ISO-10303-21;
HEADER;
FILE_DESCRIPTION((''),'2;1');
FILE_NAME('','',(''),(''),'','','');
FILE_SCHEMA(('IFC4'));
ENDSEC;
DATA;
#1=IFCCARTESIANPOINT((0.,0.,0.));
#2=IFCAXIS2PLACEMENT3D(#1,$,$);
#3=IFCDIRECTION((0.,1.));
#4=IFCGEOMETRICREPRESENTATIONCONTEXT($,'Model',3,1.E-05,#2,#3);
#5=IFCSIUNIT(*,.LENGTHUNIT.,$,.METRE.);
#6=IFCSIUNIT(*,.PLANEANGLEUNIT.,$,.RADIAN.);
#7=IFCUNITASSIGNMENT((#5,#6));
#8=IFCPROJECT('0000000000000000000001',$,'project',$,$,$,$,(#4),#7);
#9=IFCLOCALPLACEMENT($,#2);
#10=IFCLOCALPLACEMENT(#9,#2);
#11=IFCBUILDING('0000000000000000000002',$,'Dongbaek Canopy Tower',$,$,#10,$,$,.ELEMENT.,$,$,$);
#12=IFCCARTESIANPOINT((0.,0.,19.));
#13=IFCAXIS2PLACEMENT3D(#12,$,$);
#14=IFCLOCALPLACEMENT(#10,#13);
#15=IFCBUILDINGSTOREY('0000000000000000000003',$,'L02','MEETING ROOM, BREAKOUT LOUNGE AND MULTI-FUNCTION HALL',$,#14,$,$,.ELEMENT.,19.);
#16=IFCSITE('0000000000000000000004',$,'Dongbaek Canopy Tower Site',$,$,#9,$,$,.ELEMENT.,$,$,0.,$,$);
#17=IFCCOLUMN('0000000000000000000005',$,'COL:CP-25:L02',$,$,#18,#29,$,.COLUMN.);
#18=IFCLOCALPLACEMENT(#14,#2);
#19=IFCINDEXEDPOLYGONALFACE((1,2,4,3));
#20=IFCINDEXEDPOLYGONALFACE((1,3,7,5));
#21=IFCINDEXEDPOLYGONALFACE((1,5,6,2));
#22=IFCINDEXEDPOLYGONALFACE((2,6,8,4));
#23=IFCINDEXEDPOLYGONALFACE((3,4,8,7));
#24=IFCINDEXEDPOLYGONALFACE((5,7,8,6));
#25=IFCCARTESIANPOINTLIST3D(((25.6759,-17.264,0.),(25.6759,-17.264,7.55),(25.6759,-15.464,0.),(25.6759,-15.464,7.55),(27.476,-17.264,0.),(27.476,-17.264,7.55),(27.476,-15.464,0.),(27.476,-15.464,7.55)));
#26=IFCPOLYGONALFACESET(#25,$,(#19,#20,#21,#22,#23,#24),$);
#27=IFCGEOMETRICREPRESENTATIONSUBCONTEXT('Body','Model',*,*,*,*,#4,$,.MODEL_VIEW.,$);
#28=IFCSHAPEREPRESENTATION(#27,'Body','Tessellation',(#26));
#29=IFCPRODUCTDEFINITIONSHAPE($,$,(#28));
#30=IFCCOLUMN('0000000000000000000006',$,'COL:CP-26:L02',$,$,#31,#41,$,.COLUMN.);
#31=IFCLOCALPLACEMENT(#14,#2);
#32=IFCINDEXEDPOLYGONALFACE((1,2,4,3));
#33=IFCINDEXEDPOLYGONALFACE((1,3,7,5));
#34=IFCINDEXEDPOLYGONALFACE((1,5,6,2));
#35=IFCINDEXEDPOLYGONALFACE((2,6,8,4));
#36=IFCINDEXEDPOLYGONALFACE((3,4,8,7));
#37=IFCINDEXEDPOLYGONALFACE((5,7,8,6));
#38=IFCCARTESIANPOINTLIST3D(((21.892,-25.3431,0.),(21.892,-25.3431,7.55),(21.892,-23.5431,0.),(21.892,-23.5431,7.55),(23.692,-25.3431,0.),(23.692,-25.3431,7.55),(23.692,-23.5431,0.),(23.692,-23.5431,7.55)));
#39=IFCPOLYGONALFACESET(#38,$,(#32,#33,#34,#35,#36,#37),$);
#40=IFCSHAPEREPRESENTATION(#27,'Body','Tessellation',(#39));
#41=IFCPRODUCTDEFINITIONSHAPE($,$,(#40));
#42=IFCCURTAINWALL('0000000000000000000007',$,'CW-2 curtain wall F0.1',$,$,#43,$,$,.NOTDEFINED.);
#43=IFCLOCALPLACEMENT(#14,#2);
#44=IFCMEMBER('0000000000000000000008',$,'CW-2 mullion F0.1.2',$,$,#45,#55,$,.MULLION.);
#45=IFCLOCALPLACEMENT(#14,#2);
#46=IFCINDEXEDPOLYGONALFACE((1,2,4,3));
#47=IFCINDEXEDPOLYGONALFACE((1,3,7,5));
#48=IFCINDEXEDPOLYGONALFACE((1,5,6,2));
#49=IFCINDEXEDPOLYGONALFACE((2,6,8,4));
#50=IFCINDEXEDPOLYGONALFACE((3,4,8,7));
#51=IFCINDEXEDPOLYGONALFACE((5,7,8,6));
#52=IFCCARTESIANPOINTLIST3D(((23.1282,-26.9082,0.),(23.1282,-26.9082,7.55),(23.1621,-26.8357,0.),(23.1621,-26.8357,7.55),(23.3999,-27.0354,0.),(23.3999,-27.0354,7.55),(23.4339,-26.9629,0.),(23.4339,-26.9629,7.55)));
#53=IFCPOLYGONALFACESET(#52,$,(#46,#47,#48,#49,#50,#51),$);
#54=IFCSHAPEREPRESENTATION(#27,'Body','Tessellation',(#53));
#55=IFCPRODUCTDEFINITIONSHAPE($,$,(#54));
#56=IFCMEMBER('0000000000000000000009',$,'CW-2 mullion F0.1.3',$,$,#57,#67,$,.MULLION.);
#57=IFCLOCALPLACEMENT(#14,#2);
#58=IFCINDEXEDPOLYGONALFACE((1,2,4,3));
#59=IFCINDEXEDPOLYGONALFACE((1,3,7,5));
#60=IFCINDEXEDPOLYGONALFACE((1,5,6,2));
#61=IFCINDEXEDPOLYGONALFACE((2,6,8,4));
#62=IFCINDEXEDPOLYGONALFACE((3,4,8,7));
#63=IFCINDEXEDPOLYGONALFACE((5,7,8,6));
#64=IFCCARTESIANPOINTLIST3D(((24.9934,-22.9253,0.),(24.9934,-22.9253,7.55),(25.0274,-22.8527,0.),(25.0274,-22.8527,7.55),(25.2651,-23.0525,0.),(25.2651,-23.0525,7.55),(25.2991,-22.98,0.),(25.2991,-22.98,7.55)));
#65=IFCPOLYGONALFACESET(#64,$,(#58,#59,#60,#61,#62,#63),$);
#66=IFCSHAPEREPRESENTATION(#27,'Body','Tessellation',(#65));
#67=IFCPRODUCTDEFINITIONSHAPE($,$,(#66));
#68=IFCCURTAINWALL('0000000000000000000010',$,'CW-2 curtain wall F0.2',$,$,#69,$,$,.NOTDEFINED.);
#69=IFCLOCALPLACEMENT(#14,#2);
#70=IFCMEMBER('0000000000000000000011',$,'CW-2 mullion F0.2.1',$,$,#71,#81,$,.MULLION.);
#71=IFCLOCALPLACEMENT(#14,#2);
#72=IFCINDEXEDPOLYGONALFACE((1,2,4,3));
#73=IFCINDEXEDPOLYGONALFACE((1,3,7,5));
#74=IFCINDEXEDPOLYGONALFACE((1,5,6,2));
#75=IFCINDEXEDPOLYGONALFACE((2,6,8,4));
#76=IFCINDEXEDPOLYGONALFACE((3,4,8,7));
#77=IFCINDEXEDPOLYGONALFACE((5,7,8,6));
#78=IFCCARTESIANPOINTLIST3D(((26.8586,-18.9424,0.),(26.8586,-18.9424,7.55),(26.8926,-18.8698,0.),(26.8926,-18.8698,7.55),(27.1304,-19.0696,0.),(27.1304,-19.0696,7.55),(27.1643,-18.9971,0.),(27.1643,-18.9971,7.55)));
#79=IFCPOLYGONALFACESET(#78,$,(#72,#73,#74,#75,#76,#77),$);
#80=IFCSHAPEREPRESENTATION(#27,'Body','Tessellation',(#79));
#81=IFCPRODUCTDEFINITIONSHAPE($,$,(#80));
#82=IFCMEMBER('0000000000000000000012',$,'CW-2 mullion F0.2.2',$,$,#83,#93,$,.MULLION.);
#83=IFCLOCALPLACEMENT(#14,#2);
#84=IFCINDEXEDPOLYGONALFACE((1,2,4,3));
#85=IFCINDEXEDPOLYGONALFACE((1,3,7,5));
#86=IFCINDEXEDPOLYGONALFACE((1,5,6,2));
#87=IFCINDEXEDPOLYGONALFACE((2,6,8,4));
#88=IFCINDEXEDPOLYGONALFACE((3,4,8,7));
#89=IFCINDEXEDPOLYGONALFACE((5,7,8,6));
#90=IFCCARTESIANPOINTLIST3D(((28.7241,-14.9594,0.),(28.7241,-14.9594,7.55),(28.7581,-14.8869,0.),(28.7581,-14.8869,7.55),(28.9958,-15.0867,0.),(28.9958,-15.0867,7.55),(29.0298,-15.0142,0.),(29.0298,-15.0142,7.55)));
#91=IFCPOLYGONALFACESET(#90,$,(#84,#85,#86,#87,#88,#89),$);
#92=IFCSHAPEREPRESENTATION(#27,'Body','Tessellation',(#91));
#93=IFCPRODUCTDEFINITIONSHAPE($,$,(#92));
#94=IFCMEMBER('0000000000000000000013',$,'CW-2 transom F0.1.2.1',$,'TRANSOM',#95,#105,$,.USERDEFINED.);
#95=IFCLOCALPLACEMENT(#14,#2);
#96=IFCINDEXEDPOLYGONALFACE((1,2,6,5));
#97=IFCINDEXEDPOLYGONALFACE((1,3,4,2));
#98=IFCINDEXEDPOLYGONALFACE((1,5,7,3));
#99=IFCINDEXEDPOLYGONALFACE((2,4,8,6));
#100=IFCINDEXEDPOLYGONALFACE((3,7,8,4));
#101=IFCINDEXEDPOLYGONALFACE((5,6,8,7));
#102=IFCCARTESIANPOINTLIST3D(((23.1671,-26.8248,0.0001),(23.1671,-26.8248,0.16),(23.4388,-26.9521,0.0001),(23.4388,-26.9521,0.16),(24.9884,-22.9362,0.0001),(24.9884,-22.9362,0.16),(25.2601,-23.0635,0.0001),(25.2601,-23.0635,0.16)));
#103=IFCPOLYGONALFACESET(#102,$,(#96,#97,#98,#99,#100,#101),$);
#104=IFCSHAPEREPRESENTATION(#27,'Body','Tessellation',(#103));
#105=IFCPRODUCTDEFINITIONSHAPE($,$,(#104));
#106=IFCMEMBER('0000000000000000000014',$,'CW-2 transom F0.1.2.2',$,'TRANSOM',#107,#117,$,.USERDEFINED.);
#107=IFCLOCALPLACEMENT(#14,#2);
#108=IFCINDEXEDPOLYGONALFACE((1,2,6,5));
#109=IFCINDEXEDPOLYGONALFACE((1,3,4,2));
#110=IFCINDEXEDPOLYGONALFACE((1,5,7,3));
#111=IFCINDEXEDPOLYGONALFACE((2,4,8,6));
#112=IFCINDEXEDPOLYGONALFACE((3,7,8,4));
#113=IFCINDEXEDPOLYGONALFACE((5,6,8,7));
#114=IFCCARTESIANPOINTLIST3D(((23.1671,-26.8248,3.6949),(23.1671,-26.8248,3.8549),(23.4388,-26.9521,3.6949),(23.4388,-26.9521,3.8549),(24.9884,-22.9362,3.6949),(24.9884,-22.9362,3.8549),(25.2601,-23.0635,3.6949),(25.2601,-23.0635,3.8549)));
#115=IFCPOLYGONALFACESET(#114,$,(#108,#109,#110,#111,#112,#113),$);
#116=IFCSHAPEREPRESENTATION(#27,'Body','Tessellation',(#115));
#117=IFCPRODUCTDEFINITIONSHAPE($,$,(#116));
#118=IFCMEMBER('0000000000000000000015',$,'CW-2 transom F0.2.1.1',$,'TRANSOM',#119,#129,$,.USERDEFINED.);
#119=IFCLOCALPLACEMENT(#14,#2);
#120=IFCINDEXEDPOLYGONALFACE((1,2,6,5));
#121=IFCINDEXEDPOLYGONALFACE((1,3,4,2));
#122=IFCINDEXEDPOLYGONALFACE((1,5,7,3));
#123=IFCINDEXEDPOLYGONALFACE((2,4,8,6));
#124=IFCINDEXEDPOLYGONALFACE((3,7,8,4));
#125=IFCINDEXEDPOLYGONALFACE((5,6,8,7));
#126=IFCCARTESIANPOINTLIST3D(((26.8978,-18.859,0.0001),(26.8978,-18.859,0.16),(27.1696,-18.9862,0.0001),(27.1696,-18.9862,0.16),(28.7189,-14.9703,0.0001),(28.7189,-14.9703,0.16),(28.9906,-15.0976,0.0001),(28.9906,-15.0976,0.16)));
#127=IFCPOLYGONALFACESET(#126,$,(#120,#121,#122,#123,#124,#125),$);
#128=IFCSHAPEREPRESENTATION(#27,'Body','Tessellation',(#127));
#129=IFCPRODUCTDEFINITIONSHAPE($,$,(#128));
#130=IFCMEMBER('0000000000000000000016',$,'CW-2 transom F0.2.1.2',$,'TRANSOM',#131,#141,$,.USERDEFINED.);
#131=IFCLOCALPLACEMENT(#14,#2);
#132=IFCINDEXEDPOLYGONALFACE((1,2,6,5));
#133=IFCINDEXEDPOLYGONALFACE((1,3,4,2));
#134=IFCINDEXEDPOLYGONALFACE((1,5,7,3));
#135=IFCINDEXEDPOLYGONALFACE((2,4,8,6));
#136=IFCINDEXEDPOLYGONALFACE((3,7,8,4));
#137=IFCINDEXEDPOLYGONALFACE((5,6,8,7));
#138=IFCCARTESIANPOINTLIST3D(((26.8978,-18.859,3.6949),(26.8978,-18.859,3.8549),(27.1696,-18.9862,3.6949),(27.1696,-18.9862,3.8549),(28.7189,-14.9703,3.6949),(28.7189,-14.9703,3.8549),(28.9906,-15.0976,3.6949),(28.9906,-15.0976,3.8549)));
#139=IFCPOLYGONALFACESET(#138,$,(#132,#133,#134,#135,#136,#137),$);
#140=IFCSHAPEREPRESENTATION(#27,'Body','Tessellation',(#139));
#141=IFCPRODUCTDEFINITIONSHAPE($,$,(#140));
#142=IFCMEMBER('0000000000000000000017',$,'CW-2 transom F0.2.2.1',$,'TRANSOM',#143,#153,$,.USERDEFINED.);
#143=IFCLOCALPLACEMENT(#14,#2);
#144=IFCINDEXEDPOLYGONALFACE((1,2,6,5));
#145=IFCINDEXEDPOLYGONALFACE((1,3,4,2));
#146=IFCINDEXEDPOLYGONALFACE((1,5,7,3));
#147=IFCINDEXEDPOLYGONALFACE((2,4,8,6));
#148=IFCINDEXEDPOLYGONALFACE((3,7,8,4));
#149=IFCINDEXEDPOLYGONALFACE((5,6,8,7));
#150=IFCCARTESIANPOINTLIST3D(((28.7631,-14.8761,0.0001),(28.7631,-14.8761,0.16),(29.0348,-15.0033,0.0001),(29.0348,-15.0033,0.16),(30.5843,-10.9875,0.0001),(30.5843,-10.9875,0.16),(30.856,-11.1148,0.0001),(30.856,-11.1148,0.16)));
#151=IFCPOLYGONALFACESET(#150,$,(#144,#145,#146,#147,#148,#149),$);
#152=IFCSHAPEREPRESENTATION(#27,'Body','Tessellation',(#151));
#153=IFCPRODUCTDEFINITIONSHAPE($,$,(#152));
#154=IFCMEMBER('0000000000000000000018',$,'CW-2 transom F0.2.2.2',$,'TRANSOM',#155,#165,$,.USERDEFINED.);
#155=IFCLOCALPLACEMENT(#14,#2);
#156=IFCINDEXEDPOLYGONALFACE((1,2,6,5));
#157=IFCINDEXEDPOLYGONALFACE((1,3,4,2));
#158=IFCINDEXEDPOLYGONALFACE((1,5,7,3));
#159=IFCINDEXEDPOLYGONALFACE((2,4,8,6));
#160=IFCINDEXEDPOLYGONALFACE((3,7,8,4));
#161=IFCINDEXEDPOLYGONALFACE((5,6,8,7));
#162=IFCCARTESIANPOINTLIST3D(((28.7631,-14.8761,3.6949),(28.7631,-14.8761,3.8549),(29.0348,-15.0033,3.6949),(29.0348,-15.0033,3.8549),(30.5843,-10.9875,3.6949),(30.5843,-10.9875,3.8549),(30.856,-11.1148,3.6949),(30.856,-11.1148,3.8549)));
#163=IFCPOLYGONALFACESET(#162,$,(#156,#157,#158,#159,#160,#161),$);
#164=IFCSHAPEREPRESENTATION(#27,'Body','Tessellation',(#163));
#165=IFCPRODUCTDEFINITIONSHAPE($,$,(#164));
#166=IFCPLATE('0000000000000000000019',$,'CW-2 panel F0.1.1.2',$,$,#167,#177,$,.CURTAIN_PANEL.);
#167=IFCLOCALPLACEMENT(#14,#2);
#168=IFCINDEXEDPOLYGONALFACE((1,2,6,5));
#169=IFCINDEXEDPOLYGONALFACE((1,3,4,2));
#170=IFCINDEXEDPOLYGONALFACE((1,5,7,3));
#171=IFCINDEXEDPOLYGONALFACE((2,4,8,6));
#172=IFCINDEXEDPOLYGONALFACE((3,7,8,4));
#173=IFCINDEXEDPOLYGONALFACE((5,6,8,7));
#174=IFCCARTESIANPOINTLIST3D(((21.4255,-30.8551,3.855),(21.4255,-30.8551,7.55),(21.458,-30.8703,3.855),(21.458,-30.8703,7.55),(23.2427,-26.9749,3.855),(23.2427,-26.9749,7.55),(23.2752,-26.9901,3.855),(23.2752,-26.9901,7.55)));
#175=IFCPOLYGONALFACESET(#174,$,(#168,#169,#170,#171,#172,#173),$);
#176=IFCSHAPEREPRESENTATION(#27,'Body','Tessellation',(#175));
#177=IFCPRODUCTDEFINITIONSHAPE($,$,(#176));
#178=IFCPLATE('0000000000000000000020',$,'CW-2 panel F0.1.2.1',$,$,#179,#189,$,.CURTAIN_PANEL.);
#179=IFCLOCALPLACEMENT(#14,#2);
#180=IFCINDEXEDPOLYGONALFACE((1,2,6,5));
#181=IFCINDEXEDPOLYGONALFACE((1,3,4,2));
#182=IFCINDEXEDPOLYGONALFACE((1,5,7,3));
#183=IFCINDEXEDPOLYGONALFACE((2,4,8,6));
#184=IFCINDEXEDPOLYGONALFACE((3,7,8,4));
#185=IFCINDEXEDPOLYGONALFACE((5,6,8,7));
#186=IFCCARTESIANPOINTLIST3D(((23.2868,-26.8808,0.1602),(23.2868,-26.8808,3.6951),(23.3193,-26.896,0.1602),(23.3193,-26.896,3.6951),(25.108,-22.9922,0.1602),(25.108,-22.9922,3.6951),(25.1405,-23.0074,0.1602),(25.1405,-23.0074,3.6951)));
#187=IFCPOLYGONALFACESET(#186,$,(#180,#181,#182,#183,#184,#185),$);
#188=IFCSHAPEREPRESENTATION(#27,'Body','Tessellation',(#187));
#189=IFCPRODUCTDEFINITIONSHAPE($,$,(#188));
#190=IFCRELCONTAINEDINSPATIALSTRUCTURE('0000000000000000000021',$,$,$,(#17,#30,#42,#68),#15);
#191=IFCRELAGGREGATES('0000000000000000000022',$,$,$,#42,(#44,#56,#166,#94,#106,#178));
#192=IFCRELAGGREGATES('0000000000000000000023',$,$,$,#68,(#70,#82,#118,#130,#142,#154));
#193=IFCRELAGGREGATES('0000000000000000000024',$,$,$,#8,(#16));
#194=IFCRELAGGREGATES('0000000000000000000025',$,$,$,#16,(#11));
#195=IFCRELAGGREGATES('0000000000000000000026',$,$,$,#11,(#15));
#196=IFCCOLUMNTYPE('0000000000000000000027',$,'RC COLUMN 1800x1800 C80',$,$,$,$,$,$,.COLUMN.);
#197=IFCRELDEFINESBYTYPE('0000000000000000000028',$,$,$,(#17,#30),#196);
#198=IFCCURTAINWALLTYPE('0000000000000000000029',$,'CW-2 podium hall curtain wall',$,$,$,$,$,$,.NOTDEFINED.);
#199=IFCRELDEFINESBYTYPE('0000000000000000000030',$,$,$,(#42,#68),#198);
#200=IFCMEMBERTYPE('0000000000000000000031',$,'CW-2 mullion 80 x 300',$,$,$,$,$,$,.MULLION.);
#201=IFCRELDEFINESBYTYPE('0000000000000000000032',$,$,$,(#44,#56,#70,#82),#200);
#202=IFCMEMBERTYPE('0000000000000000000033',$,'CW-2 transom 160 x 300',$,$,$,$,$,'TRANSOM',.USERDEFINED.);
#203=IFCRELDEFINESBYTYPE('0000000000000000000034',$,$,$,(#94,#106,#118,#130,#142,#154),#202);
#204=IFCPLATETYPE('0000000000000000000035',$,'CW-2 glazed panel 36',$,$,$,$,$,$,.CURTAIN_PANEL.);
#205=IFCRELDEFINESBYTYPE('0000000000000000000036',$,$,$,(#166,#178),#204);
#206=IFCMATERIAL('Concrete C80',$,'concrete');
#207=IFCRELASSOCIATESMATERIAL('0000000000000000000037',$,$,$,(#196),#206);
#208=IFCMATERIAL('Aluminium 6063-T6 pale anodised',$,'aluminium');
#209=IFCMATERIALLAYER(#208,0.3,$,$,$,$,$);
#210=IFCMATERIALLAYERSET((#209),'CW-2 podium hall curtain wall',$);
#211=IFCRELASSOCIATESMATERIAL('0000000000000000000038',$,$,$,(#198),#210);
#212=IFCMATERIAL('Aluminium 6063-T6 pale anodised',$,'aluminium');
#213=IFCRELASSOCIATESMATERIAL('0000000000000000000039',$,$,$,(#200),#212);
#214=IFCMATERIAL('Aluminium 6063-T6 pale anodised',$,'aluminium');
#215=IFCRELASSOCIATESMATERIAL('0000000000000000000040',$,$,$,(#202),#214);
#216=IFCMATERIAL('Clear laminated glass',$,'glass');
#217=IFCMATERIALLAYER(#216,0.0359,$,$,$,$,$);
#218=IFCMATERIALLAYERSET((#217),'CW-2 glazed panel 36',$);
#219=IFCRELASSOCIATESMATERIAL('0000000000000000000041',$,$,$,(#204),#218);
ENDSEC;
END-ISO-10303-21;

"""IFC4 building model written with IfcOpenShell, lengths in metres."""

from ifc_helpers import new_model, si_unit, direction, frame, origin, origin_2d, place, context, subcontext, project, spatial, rectangle, extrude, material, layer, layer_set, material_profile, profile_set, type_object, element, aggregate, save


model = new_model("IFC4")

# Units and contexts
model_context = context("Model", 3, precision=1e-05, world=origin(), true_north=direction((0.0, 1.0)))
body_context = subcontext(model_context, "Body", "Model", "MODEL_VIEW")
ifc_project = project(units=[si_unit("LENGTHUNIT", "METRE"), si_unit("PLANEANGLEUNIT", "RADIAN")], contexts=[model_context])

# Site, building, storey
site_placement = place(None, origin())
site = spatial("IfcSite", under=ifc_project, at=site_placement, Name="Dongbaek Canopy Tower Site", CompositionType="ELEMENT", RefElevation=0.0)
building_placement = place(site_placement, origin())
building = spatial("IfcBuilding", under=site, at=building_placement, Name="Dongbaek Canopy Tower", CompositionType="ELEMENT")
storey_placement = place(building_placement, frame((0.0, 0.0, 19.0)))
storey = spatial("IfcBuildingStorey", under=building, at=storey_placement, Name="L02", Description="MEETING ROOM, BREAKOUT LOUNGE AND MULTI-FUNCTION HALL", CompositionType="ELEMENT", Elevation=19.0)

# Columns
ifc_material_1 = material(Name="Concrete C80", Category="concrete")
ifc_material_profile_1 = material_profile(ifc_material_1, rectangle(XDim=1.8, YDim=1.8, at=origin_2d()), Name="RC COLUMN 1800x1800 C80")
ifc_profile_set_1 = profile_set([ifc_material_profile_1], Name="Concrete C80")
column_type = type_object("IfcColumnType", Name="RC COLUMN 1800x1800 C80", PredefinedType="COLUMN", material=ifc_profile_set_1)
for number, where, z_axis, x_axis, name in (
    (1, (26.5759, -16.364, 0.0), (0.0, 0.0, 1.0), (1.0, 0.0, 0.0), "COL:CP-25:L02"),
    (2, (22.792, -24.4431, 0.0), (0.0, 0.0, 1.0), (1.0, 0.0, 0.0), "COL:CP-26:L02"),
):
    element("IfcColumn", number, at=place(storey_placement, frame(where, z_axis=z_axis, x_axis=x_axis)), inside=storey, type_object=column_type, Name=name, PredefinedType="COLUMN", context=body_context, shape_type="SweptSolid", body=[
        extrude(rectangle(XDim=1.8, YDim=1.8, at=origin_2d()), origin(), (0.0, 0.0, 1.0), 7.55),
    ])

# Curtain walls, members
ifc_material_2 = material(Name="Aluminium 6063-T6 pale anodised", Category="aluminium")
ifc_layer_1 = layer(ifc_material_2, 0.3)
ifc_layer_set_1 = layer_set([ifc_layer_1], Name="CW-2 podium hall curtain wall")
curtain_wall_type = type_object("IfcCurtainWallType", Name="CW-2 podium hall curtain wall", PredefinedType="NOTDEFINED", material=ifc_layer_set_1)
curtain_wall_1_placement = place(storey_placement, origin())
curtain_wall_1 = element("IfcCurtainWall", 3, at=curtain_wall_1_placement, inside=storey, type_object=curtain_wall_type, Name="CW-2 curtain wall F0.1", PredefinedType="NOTDEFINED")
ifc_material_3 = material(Name="Aluminium 6063-T6 pale anodised", Category="aluminium")
ifc_material_profile_2 = material_profile(ifc_material_3, rectangle(XDim=0.3, YDim=0.0801, at=origin_2d()), Name="CW-2 mullion 80 x 300")
ifc_profile_set_2 = profile_set([ifc_material_profile_2], Name="Aluminium 6063-T6 pale anodised")
member_type_1 = type_object("IfcMemberType", Name="CW-2 mullion 80 x 300", PredefinedType="MULLION", material=ifc_profile_set_2)
member_1_placement = place(storey_placement, frame((23.281, -26.9355, 0.0), z_axis=(0.0, 0.0, 1.0), x_axis=(0.905605, -0.424123, 0.0)))
member_1 = element("IfcMember", 4, at=member_1_placement, type_object=member_type_1, Name="CW-2 mullion F0.1.2", PredefinedType="MULLION", context=body_context, shape_type="SweptSolid", body=[
    extrude(rectangle(XDim=0.3, YDim=0.0801, at=origin_2d()), origin(), (0.0, 0.0, 1.0), 7.55),
])
member_2_placement = place(storey_placement, frame((25.1462, -22.9526, 0.0), z_axis=(0.0, 0.0, 1.0), x_axis=(0.905605, -0.424123, 0.0)))
member_2 = element("IfcMember", 5, at=member_2_placement, type_object=member_type_1, Name="CW-2 mullion F0.1.3", PredefinedType="MULLION", context=body_context, shape_type="SweptSolid", body=[
    extrude(rectangle(XDim=0.3, YDim=0.0801, at=origin_2d()), origin(), (0.0, 0.0, 1.0), 7.55),
])
curtain_wall_2_placement = place(storey_placement, origin())
curtain_wall_2 = element("IfcCurtainWall", 6, at=curtain_wall_2_placement, inside=storey, type_object=curtain_wall_type, Name="CW-2 curtain wall F0.2", PredefinedType="NOTDEFINED")
member_3_placement = place(storey_placement, frame((27.0115, -18.9697, 0.0), z_axis=(0.0, 0.0, 1.0), x_axis=(0.905605, -0.424123, 0.0)))
member_3 = element("IfcMember", 7, at=member_3_placement, type_object=member_type_1, Name="CW-2 mullion F0.2.1", PredefinedType="MULLION", context=body_context, shape_type="SweptSolid", body=[
    extrude(rectangle(XDim=0.3, YDim=0.0801, at=origin_2d()), origin(), (0.0, 0.0, 1.0), 7.55),
])
member_4_placement = place(storey_placement, frame((28.877, -14.9868, 0.0), z_axis=(0.0, 0.0, 1.0), x_axis=(0.905605, -0.424123, 0.0)))
member_4 = element("IfcMember", 8, at=member_4_placement, type_object=member_type_1, Name="CW-2 mullion F0.2.2", PredefinedType="MULLION", context=body_context, shape_type="SweptSolid", body=[
    extrude(rectangle(XDim=0.3, YDim=0.0801, at=origin_2d()), origin(), (0.0, 0.0, 1.0), 7.55),
])

# Members
ifc_material_4 = material(Name="Aluminium 6063-T6 pale anodised", Category="aluminium")
ifc_material_profile_3 = material_profile(ifc_material_4, rectangle(XDim=0.3, YDim=0.1599, at=origin_2d()), Name="CW-2 transom 160 x 300")
ifc_profile_set_3 = profile_set([ifc_material_profile_3], Name="Aluminium 6063-T6 pale anodised")
member_type_2 = type_object("IfcMemberType", Name="CW-2 transom 160 x 300", ElementType="TRANSOM", PredefinedType="USERDEFINED", material=ifc_profile_set_3)
member_5_placement = place(storey_placement, frame((23.303, -26.8884, 0.0801), z_axis=(0.424143, 0.905595, 0.0), x_axis=(-0.905595, 0.424143, 0.0)))
member_5 = element("IfcMember", 9, at=member_5_placement, type_object=member_type_2, Name="CW-2 transom F0.1.2.1", ObjectType="TRANSOM", PredefinedType="USERDEFINED", context=body_context, shape_type="SweptSolid", body=[
    extrude(rectangle(XDim=0.3, YDim=0.1599, at=origin_2d()), origin(), (0.0, 0.0, 1.0), 4.2939),
])
member_6_placement = place(storey_placement, frame((23.303, -26.8884, 3.7749), z_axis=(0.424143, 0.905595, 0.0), x_axis=(-0.905595, 0.424143, 0.0)))
member_6 = element("IfcMember", 10, at=member_6_placement, type_object=member_type_2, Name="CW-2 transom F0.1.2.2", ObjectType="TRANSOM", PredefinedType="USERDEFINED", context=body_context, shape_type="SweptSolid", body=[
    extrude(rectangle(XDim=0.3, YDim=0.1599, at=origin_2d()), origin(), (0.0, 0.0, 1.0), 4.2939),
])
member_7_placement = place(storey_placement, frame((27.0337, -18.9226, 0.0801), z_axis=(0.424096, 0.905617, 0.0), x_axis=(-0.905617, 0.424096, 0.0)))
member_7 = element("IfcMember", 11, at=member_7_placement, type_object=member_type_2, Name="CW-2 transom F0.2.1.1", ObjectType="TRANSOM", PredefinedType="USERDEFINED", context=body_context, shape_type="SweptSolid", body=[
    extrude(rectangle(XDim=0.3, YDim=0.1599, at=origin_2d()), origin(), (0.0, 0.0, 1.0), 4.2939),
])
member_8_placement = place(storey_placement, frame((27.0337, -18.9226, 3.7749), z_axis=(0.424096, 0.905617, 0.0), x_axis=(-0.905617, 0.424096, 0.0)))
member_8 = element("IfcMember", 12, at=member_8_placement, type_object=member_type_2, Name="CW-2 transom F0.2.1.2", ObjectType="TRANSOM", PredefinedType="USERDEFINED", context=body_context, shape_type="SweptSolid", body=[
    extrude(rectangle(XDim=0.3, YDim=0.1599, at=origin_2d()), origin(), (0.0, 0.0, 1.0), 4.2939),
])
member_9_placement = place(storey_placement, frame((28.8989, -14.9397, 0.0801), z_axis=(0.424143, 0.905595, 0.0), x_axis=(-0.905595, 0.424143, 0.0)))
member_9 = element("IfcMember", 13, at=member_9_placement, type_object=member_type_2, Name="CW-2 transom F0.2.2.1", ObjectType="TRANSOM", PredefinedType="USERDEFINED", context=body_context, shape_type="SweptSolid", body=[
    extrude(rectangle(XDim=0.3, YDim=0.1599, at=origin_2d()), origin(), (0.0, 0.0, 1.0), 4.2939),
])
member_10_placement = place(storey_placement, frame((28.8989, -14.9397, 3.7749), z_axis=(0.424143, 0.905595, 0.0), x_axis=(-0.905595, 0.424143, 0.0)))
member_10 = element("IfcMember", 14, at=member_10_placement, type_object=member_type_2, Name="CW-2 transom F0.2.2.2", ObjectType="TRANSOM", PredefinedType="USERDEFINED", context=body_context, shape_type="SweptSolid", body=[
    extrude(rectangle(XDim=0.3, YDim=0.1599, at=origin_2d()), origin(), (0.0, 0.0, 1.0), 4.2939),
])

# Plates
ifc_material_5 = material(Name="Clear laminated glass", Category="glass")
ifc_layer_2 = layer(ifc_material_5, 0.0359)
ifc_layer_set_2 = layer_set([ifc_layer_2], Name="CW-2 glazed panel 36")
plate_type = type_object("IfcPlateType", Name="CW-2 glazed panel 36", PredefinedType="CURTAIN_PANEL", material=ifc_layer_set_2)
plate_1_placement = place(storey_placement, frame((22.3503, -28.9226, 3.855), z_axis=(0.0, 0.0, 1.0), x_axis=(0.424123, 0.905605, 0.0)))
plate_1 = element("IfcPlate", 15, at=plate_1_placement, type_object=plate_type, Name="CW-2 panel F0.1.1.2", PredefinedType="CURTAIN_PANEL", context=body_context, shape_type="SweptSolid", body=[
    extrude(rectangle(XDim=4.2847, YDim=0.0359, at=origin_2d()), origin(), (0.0, 0.0, 1.0), 3.6951),
])
plate_2_placement = place(storey_placement, frame((24.2136, -24.9441, 0.1602), z_axis=(0.0, 0.0, 1.0), x_axis=(0.424123, 0.905605, 0.0)))
plate_2 = element("IfcPlate", 16, at=plate_2_placement, type_object=plate_type, Name="CW-2 panel F0.1.2.1", PredefinedType="CURTAIN_PANEL", context=body_context, shape_type="SweptSolid", body=[
    extrude(rectangle(XDim=4.2939, YDim=0.0359, at=origin_2d()), origin(), (0.0, 0.0, 1.0), 3.5349),
])
aggregate(curtain_wall_1, [member_1, member_2, plate_1, member_5, member_6, plate_2])
aggregate(curtain_wall_2, [member_3, member_4, member_7, member_8, member_9, member_10])

save(model, "model.ifc")
